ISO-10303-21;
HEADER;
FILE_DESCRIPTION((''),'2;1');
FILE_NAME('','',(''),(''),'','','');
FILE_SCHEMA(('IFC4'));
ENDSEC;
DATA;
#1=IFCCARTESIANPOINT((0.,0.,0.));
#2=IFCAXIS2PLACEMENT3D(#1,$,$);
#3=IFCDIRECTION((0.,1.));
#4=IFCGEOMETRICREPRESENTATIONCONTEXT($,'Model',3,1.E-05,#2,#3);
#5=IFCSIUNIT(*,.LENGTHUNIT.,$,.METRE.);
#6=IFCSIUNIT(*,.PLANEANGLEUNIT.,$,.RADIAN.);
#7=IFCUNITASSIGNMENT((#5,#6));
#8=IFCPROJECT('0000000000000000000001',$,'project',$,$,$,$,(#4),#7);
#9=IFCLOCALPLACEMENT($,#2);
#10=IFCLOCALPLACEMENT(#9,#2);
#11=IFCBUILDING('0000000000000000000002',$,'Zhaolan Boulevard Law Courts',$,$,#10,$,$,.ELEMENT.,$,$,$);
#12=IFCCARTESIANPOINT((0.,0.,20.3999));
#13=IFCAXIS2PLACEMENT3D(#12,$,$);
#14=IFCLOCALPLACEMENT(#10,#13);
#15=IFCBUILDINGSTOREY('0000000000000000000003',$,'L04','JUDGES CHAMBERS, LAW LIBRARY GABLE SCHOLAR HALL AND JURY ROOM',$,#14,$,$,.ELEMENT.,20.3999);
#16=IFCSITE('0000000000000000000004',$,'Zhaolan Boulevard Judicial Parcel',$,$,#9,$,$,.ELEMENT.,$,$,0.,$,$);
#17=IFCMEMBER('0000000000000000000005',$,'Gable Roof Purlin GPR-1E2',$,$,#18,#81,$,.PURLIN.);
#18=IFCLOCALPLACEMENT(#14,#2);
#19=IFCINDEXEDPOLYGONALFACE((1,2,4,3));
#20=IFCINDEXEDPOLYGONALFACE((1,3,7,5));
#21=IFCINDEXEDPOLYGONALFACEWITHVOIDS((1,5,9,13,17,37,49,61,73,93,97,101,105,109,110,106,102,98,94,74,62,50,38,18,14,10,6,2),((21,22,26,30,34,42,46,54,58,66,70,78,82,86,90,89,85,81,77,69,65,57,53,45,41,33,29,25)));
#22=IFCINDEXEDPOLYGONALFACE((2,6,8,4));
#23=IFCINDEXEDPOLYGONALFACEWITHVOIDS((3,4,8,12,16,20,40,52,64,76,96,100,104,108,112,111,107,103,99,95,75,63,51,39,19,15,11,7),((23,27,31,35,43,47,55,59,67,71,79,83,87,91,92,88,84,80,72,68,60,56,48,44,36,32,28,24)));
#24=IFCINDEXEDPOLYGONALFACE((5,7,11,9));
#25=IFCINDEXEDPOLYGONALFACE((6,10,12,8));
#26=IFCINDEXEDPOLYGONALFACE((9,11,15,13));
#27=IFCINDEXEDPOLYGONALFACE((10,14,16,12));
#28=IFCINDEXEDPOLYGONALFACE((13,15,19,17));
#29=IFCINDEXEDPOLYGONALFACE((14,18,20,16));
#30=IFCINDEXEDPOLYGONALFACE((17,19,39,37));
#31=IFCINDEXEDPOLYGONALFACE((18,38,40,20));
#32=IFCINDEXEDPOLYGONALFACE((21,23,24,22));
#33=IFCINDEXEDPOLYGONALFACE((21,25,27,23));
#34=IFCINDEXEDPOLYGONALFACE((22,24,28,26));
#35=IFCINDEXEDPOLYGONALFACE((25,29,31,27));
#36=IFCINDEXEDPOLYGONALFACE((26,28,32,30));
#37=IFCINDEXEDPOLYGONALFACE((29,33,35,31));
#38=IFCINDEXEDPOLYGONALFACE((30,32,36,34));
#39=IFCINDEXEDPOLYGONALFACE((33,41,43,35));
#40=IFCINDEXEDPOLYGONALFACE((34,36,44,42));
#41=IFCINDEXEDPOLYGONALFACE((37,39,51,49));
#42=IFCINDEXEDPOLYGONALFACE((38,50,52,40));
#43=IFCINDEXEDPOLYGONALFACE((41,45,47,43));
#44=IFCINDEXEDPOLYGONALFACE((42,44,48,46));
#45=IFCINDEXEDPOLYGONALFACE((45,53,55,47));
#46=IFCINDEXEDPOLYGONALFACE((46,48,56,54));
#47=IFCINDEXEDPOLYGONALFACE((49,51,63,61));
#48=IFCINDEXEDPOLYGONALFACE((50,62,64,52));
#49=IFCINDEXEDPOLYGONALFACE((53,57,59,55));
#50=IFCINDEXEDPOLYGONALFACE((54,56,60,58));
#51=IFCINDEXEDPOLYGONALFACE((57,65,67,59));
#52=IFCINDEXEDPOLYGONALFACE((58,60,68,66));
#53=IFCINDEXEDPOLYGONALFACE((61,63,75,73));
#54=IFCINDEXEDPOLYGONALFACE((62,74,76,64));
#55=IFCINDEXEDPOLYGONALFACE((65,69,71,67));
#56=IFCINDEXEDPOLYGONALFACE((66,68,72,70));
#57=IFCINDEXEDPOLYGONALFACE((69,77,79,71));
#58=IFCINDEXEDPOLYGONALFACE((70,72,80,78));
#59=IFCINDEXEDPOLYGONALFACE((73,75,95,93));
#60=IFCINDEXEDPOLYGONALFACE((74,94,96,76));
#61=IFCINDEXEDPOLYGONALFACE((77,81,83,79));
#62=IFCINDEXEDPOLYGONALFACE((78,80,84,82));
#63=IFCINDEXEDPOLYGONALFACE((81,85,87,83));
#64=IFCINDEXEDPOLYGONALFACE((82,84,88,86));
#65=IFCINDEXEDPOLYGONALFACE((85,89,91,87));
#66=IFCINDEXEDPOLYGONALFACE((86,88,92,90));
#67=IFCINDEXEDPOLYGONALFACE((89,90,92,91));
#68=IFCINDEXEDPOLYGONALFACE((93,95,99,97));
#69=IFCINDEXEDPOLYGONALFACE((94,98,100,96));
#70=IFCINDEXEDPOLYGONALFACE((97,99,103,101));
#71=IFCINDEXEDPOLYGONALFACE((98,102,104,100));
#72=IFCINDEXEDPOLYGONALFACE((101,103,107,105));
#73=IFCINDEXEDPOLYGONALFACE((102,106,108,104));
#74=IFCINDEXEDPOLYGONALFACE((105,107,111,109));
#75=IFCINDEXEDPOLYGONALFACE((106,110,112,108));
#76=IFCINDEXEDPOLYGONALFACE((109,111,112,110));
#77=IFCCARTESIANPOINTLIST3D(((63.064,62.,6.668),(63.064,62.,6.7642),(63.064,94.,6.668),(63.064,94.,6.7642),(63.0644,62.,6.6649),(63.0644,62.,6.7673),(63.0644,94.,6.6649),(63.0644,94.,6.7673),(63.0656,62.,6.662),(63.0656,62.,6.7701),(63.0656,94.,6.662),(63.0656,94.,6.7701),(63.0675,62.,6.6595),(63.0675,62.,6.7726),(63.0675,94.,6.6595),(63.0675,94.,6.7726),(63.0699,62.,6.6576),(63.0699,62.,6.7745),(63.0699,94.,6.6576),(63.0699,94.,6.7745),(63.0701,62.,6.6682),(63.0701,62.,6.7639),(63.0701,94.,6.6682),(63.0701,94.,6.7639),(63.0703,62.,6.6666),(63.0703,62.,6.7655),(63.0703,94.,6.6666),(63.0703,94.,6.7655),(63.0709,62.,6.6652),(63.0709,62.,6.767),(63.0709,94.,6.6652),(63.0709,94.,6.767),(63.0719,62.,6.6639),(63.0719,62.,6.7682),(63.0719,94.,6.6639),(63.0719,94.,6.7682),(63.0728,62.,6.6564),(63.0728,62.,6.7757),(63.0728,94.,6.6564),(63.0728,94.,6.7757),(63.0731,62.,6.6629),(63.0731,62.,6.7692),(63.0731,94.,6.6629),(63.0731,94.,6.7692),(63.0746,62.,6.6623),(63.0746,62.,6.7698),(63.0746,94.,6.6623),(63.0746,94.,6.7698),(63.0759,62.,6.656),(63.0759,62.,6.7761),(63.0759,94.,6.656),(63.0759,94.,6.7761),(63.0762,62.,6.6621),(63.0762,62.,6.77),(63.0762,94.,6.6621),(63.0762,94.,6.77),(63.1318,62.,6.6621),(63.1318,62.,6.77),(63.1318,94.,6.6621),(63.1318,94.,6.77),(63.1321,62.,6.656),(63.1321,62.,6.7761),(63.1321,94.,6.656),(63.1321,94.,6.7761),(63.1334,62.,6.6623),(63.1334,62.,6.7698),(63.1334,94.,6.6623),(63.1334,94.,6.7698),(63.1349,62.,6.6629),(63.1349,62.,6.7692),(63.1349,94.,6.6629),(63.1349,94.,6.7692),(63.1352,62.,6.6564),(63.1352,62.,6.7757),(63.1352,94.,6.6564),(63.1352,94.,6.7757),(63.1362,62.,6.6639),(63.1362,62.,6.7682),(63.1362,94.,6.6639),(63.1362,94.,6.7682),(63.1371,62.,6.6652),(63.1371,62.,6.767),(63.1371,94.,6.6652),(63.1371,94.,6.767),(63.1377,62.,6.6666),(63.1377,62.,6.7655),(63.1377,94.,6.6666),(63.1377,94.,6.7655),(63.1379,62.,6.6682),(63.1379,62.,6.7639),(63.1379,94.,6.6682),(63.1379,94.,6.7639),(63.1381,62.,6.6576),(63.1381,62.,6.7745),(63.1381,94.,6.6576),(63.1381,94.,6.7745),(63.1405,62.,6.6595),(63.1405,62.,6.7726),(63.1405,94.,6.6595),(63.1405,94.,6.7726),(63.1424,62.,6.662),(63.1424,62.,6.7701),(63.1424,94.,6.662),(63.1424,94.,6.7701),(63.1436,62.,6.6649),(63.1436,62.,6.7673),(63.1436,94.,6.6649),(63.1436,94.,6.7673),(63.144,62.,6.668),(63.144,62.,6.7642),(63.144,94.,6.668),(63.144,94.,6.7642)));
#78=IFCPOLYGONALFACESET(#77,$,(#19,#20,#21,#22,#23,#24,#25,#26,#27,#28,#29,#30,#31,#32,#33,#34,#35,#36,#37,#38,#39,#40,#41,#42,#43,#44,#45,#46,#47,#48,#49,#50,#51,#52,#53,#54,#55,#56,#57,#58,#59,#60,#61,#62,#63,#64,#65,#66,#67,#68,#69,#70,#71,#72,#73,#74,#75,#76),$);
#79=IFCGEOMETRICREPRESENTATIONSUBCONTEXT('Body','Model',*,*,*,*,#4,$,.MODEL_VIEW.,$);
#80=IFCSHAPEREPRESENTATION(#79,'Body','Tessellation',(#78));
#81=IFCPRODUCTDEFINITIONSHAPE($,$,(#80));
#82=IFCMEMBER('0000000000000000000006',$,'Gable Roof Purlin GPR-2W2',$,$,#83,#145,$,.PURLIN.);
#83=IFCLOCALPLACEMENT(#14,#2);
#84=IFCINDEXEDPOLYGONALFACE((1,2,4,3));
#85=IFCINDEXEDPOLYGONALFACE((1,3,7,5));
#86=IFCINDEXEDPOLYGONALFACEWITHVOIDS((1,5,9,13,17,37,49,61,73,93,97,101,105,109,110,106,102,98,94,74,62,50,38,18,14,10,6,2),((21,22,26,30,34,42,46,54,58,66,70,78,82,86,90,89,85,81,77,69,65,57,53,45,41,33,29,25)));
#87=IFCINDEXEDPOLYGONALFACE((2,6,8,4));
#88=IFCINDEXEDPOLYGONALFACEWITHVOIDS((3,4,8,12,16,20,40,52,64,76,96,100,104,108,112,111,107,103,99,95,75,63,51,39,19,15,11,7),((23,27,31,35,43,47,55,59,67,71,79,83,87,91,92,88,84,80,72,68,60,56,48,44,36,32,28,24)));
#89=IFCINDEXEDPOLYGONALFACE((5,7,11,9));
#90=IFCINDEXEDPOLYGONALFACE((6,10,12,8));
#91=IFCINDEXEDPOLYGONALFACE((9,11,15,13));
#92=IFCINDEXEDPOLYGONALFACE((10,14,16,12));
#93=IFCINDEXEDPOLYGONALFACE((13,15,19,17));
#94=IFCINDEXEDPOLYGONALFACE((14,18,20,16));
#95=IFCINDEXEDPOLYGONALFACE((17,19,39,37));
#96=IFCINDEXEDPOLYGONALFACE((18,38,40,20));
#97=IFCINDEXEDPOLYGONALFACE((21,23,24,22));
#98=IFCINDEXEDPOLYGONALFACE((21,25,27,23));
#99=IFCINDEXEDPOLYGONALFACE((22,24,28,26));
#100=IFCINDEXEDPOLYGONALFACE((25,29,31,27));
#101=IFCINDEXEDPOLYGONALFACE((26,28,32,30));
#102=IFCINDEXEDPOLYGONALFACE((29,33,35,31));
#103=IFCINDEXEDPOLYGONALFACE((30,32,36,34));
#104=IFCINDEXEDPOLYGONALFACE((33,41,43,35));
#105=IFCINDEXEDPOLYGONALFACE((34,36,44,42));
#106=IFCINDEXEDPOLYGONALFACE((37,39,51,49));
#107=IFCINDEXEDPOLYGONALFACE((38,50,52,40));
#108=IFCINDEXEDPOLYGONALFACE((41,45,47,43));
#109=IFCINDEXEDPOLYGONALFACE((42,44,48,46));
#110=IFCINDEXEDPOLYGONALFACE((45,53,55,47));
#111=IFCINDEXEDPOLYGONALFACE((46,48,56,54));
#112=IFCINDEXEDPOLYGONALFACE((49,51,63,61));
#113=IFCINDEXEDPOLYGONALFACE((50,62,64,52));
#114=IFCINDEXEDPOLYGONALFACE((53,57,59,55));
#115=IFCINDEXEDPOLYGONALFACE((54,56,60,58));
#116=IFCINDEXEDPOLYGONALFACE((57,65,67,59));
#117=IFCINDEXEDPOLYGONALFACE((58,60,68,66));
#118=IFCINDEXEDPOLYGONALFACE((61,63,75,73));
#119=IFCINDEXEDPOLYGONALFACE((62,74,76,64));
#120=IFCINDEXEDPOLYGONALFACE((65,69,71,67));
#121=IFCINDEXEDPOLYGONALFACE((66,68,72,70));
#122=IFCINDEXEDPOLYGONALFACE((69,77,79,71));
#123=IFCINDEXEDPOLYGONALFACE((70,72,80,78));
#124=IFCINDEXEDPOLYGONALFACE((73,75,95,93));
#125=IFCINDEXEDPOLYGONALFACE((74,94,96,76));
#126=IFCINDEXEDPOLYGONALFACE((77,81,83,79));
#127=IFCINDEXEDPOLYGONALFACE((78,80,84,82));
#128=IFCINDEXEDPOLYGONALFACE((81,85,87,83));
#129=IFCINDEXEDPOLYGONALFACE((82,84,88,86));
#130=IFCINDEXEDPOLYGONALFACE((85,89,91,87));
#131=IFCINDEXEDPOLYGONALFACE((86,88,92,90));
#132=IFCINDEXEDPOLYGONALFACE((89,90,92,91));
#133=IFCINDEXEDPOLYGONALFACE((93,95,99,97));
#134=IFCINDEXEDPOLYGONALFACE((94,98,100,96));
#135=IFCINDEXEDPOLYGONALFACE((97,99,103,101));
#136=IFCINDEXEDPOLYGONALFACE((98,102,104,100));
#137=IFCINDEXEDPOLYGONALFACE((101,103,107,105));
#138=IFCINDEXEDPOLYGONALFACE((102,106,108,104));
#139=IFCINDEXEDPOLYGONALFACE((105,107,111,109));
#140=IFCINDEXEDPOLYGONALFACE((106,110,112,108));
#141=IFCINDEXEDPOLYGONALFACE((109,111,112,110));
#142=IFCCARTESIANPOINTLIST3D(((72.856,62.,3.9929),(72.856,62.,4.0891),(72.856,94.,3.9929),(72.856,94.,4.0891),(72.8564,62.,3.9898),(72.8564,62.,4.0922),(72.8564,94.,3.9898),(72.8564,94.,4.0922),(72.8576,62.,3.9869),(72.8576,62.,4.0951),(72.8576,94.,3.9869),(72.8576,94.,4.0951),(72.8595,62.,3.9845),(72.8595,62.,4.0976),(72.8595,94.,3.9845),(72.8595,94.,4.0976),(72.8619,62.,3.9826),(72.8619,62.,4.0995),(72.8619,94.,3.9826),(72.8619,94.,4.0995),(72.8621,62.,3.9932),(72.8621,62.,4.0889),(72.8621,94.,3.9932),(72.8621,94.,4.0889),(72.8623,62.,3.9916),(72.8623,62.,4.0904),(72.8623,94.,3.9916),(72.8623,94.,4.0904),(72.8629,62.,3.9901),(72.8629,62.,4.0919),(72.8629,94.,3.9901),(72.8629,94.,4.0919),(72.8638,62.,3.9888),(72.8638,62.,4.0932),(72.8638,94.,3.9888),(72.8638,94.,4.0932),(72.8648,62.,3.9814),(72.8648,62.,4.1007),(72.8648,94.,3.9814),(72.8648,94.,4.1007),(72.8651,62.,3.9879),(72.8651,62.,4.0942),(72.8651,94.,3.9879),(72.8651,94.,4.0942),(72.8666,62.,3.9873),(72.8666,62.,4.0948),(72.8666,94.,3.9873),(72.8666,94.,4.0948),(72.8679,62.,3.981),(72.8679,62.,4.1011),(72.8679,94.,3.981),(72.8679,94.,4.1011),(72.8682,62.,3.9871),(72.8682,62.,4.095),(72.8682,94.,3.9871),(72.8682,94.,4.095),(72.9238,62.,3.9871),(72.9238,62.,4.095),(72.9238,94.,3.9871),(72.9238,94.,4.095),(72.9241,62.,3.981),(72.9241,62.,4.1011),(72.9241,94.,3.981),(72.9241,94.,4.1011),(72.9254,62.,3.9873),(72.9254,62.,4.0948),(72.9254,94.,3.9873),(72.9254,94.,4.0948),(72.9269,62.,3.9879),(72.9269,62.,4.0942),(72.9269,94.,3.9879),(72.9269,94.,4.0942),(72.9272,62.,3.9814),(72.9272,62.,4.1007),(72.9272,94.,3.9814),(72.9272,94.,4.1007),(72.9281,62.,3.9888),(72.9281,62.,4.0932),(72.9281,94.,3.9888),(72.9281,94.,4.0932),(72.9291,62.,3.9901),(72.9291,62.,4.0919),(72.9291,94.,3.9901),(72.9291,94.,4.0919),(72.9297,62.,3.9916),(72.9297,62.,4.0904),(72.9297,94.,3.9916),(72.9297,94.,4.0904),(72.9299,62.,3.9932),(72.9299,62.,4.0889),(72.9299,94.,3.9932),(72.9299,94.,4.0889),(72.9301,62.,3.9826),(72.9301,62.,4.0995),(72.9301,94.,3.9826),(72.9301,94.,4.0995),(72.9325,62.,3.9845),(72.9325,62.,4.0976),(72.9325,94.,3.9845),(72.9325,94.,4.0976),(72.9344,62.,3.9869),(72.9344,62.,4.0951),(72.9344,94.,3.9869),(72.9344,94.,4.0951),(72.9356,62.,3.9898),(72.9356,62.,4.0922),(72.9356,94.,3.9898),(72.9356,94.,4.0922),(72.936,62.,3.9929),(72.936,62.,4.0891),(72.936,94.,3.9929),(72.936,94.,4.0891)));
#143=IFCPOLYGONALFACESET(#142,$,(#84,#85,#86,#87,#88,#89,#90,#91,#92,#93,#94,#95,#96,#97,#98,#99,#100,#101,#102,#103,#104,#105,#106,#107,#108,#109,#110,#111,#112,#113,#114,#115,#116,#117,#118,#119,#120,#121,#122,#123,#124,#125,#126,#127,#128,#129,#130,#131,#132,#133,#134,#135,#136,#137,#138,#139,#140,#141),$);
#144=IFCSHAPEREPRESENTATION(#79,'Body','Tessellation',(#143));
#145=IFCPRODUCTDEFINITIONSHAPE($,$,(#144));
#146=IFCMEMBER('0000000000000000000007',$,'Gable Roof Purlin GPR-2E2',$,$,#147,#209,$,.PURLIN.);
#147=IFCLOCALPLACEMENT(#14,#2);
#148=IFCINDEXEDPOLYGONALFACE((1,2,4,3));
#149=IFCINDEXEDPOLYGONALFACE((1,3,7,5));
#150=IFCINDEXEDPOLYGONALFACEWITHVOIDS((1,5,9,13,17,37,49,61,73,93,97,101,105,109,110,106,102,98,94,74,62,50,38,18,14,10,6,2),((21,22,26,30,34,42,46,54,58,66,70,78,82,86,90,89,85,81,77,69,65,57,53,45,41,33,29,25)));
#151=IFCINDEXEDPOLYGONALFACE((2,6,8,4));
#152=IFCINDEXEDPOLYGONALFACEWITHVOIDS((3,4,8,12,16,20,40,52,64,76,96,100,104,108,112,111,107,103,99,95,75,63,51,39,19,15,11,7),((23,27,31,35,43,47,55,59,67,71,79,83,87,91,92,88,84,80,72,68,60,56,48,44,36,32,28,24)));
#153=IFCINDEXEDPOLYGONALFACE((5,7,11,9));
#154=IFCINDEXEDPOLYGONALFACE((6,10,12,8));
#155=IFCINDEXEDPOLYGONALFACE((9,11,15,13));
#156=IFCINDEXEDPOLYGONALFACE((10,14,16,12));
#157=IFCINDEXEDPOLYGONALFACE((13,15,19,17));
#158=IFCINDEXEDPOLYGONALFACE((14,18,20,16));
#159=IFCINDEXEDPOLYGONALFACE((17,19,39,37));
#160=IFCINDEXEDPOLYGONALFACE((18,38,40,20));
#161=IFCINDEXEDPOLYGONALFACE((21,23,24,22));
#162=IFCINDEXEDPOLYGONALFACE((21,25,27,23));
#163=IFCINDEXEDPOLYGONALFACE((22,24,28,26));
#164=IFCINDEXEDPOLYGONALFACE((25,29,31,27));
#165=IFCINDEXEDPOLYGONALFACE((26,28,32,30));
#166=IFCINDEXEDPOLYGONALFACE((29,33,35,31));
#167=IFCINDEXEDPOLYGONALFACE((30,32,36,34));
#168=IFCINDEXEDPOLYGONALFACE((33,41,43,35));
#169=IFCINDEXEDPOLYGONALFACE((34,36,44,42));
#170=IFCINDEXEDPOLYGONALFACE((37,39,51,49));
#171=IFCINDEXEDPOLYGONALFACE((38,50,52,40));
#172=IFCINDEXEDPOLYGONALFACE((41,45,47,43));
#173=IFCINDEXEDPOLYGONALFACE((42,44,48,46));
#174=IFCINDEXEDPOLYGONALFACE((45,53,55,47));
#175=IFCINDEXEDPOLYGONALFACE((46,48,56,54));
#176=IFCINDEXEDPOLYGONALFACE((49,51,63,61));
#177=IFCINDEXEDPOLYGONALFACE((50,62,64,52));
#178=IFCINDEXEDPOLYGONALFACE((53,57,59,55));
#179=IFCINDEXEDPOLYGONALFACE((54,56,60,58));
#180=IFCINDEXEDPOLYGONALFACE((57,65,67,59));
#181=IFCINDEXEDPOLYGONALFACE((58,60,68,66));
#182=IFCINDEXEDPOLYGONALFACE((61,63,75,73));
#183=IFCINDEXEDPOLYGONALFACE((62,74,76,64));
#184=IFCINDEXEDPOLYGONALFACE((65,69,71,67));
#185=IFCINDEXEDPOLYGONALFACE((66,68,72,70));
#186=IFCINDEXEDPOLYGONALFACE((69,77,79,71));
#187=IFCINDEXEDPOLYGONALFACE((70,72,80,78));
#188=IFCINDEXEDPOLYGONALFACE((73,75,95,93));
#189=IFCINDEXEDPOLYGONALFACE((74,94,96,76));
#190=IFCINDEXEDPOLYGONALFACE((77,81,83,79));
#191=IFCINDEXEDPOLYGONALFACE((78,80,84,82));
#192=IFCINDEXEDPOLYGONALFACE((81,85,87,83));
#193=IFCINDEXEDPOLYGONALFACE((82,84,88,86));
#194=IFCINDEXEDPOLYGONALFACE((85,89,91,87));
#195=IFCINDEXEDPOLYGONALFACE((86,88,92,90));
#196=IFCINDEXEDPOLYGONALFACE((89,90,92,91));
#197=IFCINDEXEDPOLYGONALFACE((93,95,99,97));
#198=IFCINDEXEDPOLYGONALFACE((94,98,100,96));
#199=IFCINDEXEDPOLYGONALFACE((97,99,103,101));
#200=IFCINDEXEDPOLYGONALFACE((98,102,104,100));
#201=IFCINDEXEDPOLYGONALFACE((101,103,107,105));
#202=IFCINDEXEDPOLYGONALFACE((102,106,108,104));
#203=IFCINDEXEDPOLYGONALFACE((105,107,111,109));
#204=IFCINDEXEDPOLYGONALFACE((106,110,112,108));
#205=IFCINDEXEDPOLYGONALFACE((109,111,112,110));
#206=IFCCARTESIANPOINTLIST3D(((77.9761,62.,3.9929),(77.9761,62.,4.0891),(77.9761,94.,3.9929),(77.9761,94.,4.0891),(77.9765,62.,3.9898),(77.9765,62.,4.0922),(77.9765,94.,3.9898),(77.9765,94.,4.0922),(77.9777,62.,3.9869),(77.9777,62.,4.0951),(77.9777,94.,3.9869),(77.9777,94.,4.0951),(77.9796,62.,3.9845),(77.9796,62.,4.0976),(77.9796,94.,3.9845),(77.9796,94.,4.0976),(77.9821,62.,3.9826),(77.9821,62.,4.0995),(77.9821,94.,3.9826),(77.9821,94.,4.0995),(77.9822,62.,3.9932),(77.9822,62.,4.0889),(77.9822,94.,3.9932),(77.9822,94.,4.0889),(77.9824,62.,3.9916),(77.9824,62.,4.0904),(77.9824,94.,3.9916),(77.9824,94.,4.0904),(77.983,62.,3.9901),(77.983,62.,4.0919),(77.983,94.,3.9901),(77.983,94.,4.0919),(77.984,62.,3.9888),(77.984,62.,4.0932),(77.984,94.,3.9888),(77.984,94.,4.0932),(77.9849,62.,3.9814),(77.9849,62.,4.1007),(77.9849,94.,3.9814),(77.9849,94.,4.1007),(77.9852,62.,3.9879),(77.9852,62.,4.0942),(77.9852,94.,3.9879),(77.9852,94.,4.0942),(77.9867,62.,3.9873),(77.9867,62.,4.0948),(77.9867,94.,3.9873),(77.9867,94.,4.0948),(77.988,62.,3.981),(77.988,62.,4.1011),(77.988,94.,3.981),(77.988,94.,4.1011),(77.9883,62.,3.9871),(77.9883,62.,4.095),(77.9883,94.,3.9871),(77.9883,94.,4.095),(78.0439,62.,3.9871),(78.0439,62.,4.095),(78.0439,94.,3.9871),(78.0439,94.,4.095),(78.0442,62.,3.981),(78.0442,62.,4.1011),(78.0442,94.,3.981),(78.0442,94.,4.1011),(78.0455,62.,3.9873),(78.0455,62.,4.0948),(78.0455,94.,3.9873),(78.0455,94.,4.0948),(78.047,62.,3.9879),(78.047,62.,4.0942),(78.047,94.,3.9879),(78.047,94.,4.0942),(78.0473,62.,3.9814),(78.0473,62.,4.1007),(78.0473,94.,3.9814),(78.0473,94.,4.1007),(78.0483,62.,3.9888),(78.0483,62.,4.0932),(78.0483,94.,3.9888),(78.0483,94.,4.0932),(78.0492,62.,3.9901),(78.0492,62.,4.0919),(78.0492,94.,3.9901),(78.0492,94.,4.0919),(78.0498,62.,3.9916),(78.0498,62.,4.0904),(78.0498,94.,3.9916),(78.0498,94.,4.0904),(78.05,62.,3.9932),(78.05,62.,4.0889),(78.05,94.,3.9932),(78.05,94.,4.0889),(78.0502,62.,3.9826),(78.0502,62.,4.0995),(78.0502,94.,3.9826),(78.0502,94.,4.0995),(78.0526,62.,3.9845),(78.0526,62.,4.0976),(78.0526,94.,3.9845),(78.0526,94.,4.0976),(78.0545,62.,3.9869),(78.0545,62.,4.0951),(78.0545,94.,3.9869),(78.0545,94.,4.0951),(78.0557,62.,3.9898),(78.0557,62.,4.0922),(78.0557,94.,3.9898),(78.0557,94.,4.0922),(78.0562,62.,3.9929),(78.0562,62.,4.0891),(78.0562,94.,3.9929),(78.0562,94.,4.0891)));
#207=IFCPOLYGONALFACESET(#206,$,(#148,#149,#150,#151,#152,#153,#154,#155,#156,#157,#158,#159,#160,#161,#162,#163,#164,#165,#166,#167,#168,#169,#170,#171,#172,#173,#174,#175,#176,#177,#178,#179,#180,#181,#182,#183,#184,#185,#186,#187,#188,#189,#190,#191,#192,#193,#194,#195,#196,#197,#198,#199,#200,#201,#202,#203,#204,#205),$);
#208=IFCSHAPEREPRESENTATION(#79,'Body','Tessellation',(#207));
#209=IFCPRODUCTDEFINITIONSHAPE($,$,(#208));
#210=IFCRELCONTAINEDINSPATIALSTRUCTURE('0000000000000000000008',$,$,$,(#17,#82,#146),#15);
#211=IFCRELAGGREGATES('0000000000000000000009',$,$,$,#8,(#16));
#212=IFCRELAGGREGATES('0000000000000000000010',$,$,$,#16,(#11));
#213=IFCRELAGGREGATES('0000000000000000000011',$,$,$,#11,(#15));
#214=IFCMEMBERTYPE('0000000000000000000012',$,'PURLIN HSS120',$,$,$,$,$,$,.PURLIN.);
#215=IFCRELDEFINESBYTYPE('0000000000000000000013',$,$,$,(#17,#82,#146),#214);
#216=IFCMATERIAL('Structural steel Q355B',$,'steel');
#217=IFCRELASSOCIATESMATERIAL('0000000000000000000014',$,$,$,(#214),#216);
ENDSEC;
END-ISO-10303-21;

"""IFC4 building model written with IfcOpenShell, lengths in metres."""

from ifc_helpers import new_model, si_unit, direction, frame, origin, origin_2d, place, context, subcontext, project, spatial, hollow_rectangle, extrude, material, material_profile, profile_set, type_object, element, save


model = new_model("IFC4")

# Units and contexts
model_context = context("Model", 3, precision=1e-05, world=origin(), true_north=direction((0.0, 1.0)))
body_context = subcontext(model_context, "Body", "Model", "MODEL_VIEW")
ifc_project = project(units=[si_unit("LENGTHUNIT", "METRE"), si_unit("PLANEANGLEUNIT", "RADIAN")], contexts=[model_context])

# Site, building, storey
site_placement = place(None, origin())
site = spatial("IfcSite", under=ifc_project, at=site_placement, Name="Zhaolan Boulevard Judicial Parcel", CompositionType="ELEMENT", RefElevation=0.0)
building_placement = place(site_placement, origin())
building = spatial("IfcBuilding", under=site, at=building_placement, Name="Zhaolan Boulevard Law Courts", CompositionType="ELEMENT")
storey_placement = place(building_placement, frame((0.0, 0.0, 20.3999)))
storey = spatial("IfcBuildingStorey", under=building, at=storey_placement, Name="L04", Description="JUDGES CHAMBERS, LAW LIBRARY GABLE SCHOLAR HALL AND JURY ROOM", CompositionType="ELEMENT", Elevation=20.3999)

# Members
ifc_material_1 = material(Name="Structural steel Q355B", Category="steel")
ifc_material_profile_1 = material_profile(ifc_material_1, hollow_rectangle(XDim=0.0801, YDim=0.1201, WallThickness=0.0061, InnerFilletRadius=0.0061, OuterFilletRadius=0.012, at=origin_2d()), Name="HSS120x80x6")
ifc_profile_set_1 = profile_set([ifc_material_profile_1], Name="Structural steel Q355B")
member_type_1 = type_object("IfcMemberType", Name="PURLIN HSS120", PredefinedType="PURLIN", material=ifc_profile_set_1)
for number, where, z_axis, x_axis, name in (
    (1, (63.104, 62.0, 6.7161), (0.0, 1.0, 0.0), (-1.0, 0.0, 0.0), "Gable Roof Purlin GPR-1E2"),
    (2, (72.896, 62.0, 4.041), (0.0, 1.0, 0.0), (-1.0, 0.0, 0.0), "Gable Roof Purlin GPR-2W2"),
    (3, (78.0161, 62.0, 4.041), (0.0, 1.0, 0.0), (-1.0, 0.0, 0.0), "Gable Roof Purlin GPR-2E2"),
):
    element("IfcMember", number, at=place(storey_placement, frame(where, z_axis=z_axis, x_axis=x_axis)), inside=storey, type_object=member_type_1, Name=name, PredefinedType="PURLIN", context=body_context, shape_type="SweptSolid", body=[
        extrude(hollow_rectangle(XDim=0.0801, YDim=0.1201, WallThickness=0.0061, InnerFilletRadius=0.0061, OuterFilletRadius=0.012, at=origin_2d()), origin(), (0.0, 0.0, 1.0), 32.0),
    ])

save(model, "model.ifc")
